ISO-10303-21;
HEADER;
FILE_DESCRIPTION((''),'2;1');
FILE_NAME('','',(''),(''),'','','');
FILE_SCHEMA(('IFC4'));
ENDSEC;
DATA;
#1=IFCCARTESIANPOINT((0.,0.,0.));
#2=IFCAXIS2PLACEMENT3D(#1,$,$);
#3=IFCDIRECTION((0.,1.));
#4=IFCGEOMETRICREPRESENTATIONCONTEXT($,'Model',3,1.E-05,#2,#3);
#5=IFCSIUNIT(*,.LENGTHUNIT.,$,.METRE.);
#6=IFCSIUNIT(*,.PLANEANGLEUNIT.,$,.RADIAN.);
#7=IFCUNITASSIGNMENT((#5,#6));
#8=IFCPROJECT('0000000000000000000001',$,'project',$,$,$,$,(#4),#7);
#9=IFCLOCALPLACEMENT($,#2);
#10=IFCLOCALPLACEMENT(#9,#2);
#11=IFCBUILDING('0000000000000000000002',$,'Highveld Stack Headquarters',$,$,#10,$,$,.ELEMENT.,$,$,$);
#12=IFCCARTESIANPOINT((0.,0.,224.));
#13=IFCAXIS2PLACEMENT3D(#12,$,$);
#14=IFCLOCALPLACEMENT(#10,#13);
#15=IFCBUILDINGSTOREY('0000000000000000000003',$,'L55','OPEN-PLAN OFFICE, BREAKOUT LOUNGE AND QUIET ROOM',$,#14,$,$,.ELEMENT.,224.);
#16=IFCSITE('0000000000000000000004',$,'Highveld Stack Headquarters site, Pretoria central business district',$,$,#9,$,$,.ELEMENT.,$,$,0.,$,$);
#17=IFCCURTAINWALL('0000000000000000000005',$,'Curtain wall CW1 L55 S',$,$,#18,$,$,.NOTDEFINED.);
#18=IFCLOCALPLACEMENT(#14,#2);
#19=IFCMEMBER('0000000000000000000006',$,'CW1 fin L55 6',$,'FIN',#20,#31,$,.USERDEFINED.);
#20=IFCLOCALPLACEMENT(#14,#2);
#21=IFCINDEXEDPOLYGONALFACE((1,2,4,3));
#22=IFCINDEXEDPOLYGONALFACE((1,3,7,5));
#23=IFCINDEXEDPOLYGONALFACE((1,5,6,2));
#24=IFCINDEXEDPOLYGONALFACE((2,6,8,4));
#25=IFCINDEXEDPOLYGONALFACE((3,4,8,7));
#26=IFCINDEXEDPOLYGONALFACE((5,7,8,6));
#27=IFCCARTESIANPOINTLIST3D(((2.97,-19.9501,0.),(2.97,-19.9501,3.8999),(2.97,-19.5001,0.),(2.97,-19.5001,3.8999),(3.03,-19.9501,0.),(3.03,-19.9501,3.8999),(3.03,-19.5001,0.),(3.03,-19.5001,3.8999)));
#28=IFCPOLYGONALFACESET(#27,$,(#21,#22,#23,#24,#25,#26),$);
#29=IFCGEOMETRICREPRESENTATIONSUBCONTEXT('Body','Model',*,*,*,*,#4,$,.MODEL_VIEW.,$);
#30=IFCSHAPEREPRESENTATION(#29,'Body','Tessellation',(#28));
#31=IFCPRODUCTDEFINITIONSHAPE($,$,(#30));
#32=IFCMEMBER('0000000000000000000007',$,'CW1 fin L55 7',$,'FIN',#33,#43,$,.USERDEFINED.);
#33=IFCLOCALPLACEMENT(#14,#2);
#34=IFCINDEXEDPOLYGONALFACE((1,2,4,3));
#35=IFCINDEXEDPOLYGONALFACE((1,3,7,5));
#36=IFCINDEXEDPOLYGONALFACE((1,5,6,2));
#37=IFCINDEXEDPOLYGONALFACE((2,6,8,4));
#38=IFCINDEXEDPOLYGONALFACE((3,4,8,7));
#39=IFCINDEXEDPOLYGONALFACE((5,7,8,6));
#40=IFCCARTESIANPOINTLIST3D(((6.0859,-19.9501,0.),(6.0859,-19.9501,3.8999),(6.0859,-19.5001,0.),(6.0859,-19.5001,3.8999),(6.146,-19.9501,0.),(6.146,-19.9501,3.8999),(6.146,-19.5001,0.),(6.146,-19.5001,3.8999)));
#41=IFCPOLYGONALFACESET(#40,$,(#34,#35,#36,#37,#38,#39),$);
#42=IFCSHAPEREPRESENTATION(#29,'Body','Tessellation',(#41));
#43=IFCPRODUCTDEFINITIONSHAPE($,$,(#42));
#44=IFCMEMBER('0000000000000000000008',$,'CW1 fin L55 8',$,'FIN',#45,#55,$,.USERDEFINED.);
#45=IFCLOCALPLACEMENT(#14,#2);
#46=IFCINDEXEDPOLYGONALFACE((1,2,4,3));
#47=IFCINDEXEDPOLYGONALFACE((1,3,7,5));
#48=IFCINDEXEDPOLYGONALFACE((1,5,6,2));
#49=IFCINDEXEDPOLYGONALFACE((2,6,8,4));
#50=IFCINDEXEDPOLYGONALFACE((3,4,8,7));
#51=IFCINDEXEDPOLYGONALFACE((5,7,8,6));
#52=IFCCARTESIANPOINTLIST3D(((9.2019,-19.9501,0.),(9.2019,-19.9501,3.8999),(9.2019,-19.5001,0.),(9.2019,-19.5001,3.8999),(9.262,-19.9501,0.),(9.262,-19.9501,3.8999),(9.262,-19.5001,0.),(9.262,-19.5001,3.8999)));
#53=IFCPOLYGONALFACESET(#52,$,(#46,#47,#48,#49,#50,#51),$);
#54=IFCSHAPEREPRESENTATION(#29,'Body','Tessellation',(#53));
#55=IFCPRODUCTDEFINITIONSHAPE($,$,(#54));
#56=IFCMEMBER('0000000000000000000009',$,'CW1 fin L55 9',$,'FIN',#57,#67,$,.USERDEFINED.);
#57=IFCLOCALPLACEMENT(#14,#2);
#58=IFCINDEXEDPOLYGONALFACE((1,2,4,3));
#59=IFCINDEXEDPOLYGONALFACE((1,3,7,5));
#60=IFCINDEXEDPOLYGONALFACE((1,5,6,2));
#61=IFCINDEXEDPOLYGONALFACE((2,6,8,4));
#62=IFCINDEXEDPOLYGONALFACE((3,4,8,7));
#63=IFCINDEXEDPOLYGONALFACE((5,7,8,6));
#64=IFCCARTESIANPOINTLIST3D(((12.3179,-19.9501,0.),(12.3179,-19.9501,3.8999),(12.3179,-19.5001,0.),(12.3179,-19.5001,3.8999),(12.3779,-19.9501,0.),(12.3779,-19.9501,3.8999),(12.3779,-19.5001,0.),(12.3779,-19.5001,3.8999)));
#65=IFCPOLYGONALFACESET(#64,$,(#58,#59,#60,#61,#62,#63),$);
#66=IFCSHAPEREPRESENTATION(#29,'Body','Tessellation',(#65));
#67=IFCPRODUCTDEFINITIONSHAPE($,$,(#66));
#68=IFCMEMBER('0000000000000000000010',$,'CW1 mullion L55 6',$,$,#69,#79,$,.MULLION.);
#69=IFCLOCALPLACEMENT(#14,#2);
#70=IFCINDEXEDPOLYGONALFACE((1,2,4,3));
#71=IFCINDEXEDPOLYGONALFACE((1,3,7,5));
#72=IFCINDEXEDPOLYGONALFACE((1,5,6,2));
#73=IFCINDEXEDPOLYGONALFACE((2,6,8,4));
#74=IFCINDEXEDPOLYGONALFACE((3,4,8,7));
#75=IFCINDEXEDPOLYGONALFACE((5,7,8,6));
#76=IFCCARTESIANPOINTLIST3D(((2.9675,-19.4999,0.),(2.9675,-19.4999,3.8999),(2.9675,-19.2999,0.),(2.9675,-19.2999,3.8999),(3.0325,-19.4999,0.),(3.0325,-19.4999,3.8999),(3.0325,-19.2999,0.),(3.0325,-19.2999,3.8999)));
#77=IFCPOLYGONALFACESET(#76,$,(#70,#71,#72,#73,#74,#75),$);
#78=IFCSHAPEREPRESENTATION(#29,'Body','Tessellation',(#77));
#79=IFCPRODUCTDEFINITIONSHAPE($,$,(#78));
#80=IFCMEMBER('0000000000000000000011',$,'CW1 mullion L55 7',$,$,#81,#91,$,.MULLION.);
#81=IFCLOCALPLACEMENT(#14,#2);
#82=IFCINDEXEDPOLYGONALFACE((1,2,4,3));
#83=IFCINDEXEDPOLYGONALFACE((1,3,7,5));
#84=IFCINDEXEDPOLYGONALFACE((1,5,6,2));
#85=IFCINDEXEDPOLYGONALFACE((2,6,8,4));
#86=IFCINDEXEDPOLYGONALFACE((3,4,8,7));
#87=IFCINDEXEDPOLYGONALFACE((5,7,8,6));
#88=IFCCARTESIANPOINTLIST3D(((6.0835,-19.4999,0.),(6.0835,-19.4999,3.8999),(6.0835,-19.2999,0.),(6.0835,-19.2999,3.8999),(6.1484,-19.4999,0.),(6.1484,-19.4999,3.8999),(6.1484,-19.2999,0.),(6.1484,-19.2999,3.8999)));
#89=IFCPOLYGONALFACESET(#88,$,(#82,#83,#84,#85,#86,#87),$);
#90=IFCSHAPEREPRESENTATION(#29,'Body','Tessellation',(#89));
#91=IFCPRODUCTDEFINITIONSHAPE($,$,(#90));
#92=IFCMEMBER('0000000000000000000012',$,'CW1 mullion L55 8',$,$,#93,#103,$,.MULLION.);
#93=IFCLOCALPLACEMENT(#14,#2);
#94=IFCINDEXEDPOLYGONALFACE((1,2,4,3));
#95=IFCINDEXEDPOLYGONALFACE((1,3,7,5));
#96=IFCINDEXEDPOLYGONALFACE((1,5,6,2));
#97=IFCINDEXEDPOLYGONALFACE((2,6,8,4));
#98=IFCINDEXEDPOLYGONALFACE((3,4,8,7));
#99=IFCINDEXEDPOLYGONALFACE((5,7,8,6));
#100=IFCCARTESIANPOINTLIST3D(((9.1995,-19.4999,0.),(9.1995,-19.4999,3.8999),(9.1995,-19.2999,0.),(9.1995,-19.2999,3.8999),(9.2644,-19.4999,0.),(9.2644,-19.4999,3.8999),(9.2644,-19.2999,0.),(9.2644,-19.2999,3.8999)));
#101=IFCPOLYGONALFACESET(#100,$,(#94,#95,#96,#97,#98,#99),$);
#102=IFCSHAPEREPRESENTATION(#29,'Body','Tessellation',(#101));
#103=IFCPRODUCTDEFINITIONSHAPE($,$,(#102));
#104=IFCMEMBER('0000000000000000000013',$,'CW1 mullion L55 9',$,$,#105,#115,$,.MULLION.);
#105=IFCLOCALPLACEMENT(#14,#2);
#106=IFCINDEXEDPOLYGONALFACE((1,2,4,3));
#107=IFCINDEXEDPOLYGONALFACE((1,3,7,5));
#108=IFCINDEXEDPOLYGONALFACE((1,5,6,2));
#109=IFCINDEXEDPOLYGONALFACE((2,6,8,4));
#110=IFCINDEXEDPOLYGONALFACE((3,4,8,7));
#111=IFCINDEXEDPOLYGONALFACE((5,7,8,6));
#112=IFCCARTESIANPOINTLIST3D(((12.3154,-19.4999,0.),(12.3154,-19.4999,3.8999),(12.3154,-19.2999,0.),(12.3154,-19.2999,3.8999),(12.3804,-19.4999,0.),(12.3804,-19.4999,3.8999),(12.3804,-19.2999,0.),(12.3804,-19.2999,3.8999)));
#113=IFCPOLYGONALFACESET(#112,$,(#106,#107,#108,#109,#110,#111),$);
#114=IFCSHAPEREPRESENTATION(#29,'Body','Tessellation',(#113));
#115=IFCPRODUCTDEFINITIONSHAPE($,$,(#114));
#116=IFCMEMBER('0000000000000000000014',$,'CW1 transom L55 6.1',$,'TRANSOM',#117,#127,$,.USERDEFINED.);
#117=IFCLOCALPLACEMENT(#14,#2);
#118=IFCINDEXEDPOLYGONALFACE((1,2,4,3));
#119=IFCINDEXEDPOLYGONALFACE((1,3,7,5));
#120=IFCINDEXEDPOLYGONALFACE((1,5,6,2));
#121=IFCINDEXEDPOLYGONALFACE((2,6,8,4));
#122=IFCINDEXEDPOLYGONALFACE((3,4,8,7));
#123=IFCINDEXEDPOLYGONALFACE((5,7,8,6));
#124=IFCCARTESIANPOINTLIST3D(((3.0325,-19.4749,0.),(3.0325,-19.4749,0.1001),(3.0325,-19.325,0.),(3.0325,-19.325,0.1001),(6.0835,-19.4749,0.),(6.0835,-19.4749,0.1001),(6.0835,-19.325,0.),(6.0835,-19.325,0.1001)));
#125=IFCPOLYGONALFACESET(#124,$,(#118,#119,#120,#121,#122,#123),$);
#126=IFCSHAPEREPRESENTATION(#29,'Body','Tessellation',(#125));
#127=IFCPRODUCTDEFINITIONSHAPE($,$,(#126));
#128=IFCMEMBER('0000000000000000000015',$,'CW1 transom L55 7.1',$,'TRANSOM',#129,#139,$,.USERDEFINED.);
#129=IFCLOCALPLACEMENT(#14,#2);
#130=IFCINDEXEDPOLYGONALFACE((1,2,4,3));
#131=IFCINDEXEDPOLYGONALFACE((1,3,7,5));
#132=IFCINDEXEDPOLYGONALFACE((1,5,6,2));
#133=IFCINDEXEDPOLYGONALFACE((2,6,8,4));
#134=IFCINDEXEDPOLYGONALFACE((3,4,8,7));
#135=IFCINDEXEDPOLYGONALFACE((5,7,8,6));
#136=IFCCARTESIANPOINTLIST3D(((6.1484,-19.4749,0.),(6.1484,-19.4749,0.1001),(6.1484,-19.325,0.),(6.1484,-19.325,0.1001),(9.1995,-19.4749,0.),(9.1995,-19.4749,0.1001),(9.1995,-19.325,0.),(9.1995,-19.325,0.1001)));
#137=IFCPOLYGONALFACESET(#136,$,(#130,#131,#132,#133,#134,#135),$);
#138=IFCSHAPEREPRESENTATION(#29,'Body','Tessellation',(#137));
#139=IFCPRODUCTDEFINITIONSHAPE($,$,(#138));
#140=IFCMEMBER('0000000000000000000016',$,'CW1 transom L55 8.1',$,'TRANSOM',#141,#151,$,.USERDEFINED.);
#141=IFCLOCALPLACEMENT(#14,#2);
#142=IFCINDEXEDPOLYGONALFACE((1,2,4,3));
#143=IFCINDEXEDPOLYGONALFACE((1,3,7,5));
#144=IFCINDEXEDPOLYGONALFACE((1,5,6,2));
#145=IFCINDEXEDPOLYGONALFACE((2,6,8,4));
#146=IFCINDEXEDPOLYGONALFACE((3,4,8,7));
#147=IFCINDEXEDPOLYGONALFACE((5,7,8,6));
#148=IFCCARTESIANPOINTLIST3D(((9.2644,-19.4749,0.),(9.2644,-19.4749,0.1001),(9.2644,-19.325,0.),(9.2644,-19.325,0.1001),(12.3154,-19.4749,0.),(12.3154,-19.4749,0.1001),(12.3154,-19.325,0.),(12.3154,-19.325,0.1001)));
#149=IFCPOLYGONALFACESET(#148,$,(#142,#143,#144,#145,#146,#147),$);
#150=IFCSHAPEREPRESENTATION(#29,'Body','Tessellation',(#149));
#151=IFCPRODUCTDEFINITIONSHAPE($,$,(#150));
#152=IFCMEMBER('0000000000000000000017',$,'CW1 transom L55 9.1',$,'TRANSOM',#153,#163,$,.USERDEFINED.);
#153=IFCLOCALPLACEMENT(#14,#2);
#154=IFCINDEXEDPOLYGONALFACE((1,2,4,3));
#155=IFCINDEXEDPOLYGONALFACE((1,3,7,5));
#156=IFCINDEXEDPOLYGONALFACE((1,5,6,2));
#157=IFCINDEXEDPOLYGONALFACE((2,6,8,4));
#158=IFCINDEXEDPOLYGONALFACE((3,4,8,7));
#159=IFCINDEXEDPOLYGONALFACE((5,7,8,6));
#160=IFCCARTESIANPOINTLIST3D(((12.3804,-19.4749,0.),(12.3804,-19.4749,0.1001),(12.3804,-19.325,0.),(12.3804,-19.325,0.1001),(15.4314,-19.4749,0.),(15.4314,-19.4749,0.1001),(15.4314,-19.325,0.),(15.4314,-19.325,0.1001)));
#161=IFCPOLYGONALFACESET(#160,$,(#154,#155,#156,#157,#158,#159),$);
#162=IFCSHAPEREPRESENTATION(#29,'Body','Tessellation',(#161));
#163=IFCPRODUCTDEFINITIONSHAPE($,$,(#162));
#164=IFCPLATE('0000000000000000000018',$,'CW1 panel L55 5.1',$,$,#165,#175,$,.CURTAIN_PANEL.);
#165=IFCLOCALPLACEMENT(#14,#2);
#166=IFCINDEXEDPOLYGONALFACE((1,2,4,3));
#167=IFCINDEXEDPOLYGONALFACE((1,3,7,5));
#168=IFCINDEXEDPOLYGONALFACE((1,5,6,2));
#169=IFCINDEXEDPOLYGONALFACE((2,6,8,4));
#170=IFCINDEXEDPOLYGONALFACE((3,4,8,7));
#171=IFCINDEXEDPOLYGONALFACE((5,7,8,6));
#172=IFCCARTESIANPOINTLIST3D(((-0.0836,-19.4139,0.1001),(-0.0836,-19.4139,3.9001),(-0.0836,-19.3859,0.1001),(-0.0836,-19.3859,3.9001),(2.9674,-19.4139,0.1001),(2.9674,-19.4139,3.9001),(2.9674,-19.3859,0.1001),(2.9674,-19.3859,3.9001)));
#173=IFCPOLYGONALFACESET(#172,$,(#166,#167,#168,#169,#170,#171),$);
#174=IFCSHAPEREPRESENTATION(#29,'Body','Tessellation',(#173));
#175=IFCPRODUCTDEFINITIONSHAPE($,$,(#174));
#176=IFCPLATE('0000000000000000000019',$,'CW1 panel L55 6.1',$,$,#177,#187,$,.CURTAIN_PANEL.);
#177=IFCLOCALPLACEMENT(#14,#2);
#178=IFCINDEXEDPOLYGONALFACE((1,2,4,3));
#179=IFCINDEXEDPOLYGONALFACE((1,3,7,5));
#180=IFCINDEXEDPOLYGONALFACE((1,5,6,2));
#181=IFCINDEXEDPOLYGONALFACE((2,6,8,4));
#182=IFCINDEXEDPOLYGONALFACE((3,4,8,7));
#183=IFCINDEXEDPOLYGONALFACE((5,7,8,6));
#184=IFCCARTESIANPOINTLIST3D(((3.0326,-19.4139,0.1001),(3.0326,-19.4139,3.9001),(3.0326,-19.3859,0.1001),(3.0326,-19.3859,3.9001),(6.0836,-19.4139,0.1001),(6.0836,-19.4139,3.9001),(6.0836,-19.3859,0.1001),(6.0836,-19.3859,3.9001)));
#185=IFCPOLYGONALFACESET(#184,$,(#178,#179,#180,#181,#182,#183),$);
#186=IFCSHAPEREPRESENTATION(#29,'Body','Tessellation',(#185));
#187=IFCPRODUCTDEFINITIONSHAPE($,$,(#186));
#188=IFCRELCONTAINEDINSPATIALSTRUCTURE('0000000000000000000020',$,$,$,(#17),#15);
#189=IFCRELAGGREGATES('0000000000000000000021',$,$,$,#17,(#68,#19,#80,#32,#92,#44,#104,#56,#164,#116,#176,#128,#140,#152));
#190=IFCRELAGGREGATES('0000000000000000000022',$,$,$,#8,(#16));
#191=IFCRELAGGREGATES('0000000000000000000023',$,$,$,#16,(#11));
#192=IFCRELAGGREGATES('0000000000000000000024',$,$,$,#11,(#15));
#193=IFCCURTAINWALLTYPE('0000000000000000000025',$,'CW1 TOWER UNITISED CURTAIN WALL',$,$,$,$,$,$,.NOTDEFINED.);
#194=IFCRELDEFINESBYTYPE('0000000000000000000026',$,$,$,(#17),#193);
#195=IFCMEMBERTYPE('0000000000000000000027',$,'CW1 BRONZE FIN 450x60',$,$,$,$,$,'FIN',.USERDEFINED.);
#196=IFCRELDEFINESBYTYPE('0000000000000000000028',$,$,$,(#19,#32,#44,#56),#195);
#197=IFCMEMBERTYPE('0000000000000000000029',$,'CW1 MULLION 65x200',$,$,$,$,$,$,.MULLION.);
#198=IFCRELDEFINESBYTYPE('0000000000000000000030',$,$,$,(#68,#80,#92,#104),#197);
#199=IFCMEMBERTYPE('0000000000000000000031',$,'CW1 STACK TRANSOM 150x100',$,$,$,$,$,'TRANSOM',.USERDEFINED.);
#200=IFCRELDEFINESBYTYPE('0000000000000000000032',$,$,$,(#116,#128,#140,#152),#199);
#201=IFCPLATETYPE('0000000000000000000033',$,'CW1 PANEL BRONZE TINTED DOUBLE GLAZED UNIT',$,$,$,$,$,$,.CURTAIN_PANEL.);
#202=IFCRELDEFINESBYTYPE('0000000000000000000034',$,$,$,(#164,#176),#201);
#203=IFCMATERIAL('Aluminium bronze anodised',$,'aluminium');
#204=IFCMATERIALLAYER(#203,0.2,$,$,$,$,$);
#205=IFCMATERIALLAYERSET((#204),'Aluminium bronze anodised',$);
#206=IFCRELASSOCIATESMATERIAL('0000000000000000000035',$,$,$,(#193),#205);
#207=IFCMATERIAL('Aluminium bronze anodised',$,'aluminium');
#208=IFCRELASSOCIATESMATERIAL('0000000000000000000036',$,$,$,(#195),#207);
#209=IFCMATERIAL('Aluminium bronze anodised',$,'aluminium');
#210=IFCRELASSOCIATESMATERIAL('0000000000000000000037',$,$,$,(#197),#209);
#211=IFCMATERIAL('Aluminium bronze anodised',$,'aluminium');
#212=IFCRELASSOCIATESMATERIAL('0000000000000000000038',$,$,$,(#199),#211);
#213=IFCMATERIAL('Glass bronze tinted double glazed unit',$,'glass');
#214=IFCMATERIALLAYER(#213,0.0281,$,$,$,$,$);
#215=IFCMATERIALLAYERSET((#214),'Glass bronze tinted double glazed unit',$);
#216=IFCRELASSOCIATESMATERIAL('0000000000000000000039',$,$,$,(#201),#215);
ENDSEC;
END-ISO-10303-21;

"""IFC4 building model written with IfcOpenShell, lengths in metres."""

from ifc_helpers import new_model, si_unit, direction, frame, origin, origin_2d, place, context, subcontext, project, spatial, rectangle, extrude, material, layer, layer_set, material_profile, profile_set, type_object, element, aggregate, save


model = new_model("IFC4")

# Units and contexts
model_context = context("Model", 3, precision=1e-05, world=origin(), true_north=direction((0.0, 1.0)))
body_context = subcontext(model_context, "Body", "Model", "MODEL_VIEW")
ifc_project = project(units=[si_unit("LENGTHUNIT", "METRE"), si_unit("PLANEANGLEUNIT", "RADIAN")], contexts=[model_context])

# Site, building, storey
site_placement = place(None, origin())
site = spatial("IfcSite", under=ifc_project, at=site_placement, Name="Highveld Stack Headquarters site, Pretoria central business district", CompositionType="ELEMENT", RefElevation=0.0)
building_placement = place(site_placement, origin())
building = spatial("IfcBuilding", under=site, at=building_placement, Name="Highveld Stack Headquarters", CompositionType="ELEMENT")
storey_placement = place(building_placement, frame((0.0, 0.0, 224.0)))
storey = spatial("IfcBuildingStorey", under=building, at=storey_placement, Name="L55", Description="OPEN-PLAN OFFICE, BREAKOUT LOUNGE AND QUIET ROOM", CompositionType="ELEMENT", Elevation=224.0)

# Curtain wall, members, plates
ifc_material_1 = material(Name="Aluminium bronze anodised", Category="aluminium")
ifc_layer_1 = layer(ifc_material_1, 0.2)
ifc_layer_set_1 = layer_set([ifc_layer_1], Name="Aluminium bronze anodised")
curtain_wall_type = type_object("IfcCurtainWallType", Name="CW1 TOWER UNITISED CURTAIN WALL", PredefinedType="NOTDEFINED", material=ifc_layer_set_1)
curtain_wall_placement = place(storey_placement, origin())
curtain_wall = element("IfcCurtainWall", 1, at=curtain_wall_placement, inside=storey, type_object=curtain_wall_type, Name="Curtain wall CW1 L55 S", PredefinedType="NOTDEFINED")
ifc_material_2 = material(Name="Aluminium bronze anodised", Category="aluminium")
ifc_material_profile_1 = material_profile(ifc_material_2, rectangle(XDim=0.45, YDim=0.0601, at=origin_2d()), Name="FIN 450x60")
ifc_profile_set_1 = profile_set([ifc_material_profile_1], Name="Aluminium bronze anodised")
member_type_1 = type_object("IfcMemberType", Name="CW1 BRONZE FIN 450x60", ElementType="FIN", PredefinedType="USERDEFINED", material=ifc_profile_set_1)
member_1_placement = place(storey_placement, frame((3.0, -19.7251, 0.0), z_axis=(0.0, 0.0, 1.0), x_axis=(0.0, 1.0, 0.0)))
member_1 = element("IfcMember", 2, at=member_1_placement, type_object=member_type_1, Name="CW1 fin L55 6", ObjectType="FIN", PredefinedType="USERDEFINED", context=body_context, shape_type="SweptSolid", body=[
    extrude(rectangle(XDim=0.45, YDim=0.0601, at=origin_2d()), origin(), (0.0, 0.0, 1.0), 3.8999),
])
member_2_placement = place(storey_placement, frame((6.116, -19.7251, 0.0), z_axis=(0.0, 0.0, 1.0), x_axis=(0.0, 1.0, 0.0)))
member_2 = element("IfcMember", 3, at=member_2_placement, type_object=member_type_1, Name="CW1 fin L55 7", ObjectType="FIN", PredefinedType="USERDEFINED", context=body_context, shape_type="SweptSolid", body=[
    extrude(rectangle(XDim=0.45, YDim=0.0601, at=origin_2d()), origin(), (0.0, 0.0, 1.0), 3.8999),
])
member_3_placement = place(storey_placement, frame((9.2319, -19.7251, 0.0), z_axis=(0.0, 0.0, 1.0), x_axis=(0.0, 1.0, 0.0)))
member_3 = element("IfcMember", 4, at=member_3_placement, type_object=member_type_1, Name="CW1 fin L55 8", ObjectType="FIN", PredefinedType="USERDEFINED", context=body_context, shape_type="SweptSolid", body=[
    extrude(rectangle(XDim=0.45, YDim=0.0601, at=origin_2d()), origin(), (0.0, 0.0, 1.0), 3.8999),
])
member_4_placement = place(storey_placement, frame((12.3479, -19.7251, 0.0), z_axis=(0.0, 0.0, 1.0), x_axis=(0.0, 1.0, 0.0)))
member_4 = element("IfcMember", 5, at=member_4_placement, type_object=member_type_1, Name="CW1 fin L55 9", ObjectType="FIN", PredefinedType="USERDEFINED", context=body_context, shape_type="SweptSolid", body=[
    extrude(rectangle(XDim=0.45, YDim=0.0601, at=origin_2d()), origin(), (0.0, 0.0, 1.0), 3.8999),
])
ifc_material_3 = material(Name="Aluminium bronze anodised", Category="aluminium")
ifc_material_profile_2 = material_profile(ifc_material_3, rectangle(XDim=0.2, YDim=0.0649, at=origin_2d()), Name="CW1 MULLION 65x200")
ifc_profile_set_2 = profile_set([ifc_material_profile_2], Name="Aluminium bronze anodised")
member_type_2 = type_object("IfcMemberType", Name="CW1 MULLION 65x200", PredefinedType="MULLION", material=ifc_profile_set_2)
member_5_placement = place(storey_placement, frame((3.0, -19.3999, 0.0), z_axis=(0.0, 0.0, 1.0), x_axis=(0.0, 1.0, 0.0)))
member_5 = element("IfcMember", 6, at=member_5_placement, type_object=member_type_2, Name="CW1 mullion L55 6", PredefinedType="MULLION", context=body_context, shape_type="SweptSolid", body=[
    extrude(rectangle(XDim=0.2, YDim=0.0649, at=origin_2d()), origin(), (0.0, 0.0, 1.0), 3.8999),
])
member_6_placement = place(storey_placement, frame((6.116, -19.3999, 0.0), z_axis=(0.0, 0.0, 1.0), x_axis=(0.0, 1.0, 0.0)))
member_6 = element("IfcMember", 7, at=member_6_placement, type_object=member_type_2, Name="CW1 mullion L55 7", PredefinedType="MULLION", context=body_context, shape_type="SweptSolid", body=[
    extrude(rectangle(XDim=0.2, YDim=0.0649, at=origin_2d()), origin(), (0.0, 0.0, 1.0), 3.8999),
])
member_7_placement = place(storey_placement, frame((9.2319, -19.3999, 0.0), z_axis=(0.0, 0.0, 1.0), x_axis=(0.0, 1.0, 0.0)))
member_7 = element("IfcMember", 8, at=member_7_placement, type_object=member_type_2, Name="CW1 mullion L55 8", PredefinedType="MULLION", context=body_context, shape_type="SweptSolid", body=[
    extrude(rectangle(XDim=0.2, YDim=0.0649, at=origin_2d()), origin(), (0.0, 0.0, 1.0), 3.8999),
])
member_8_placement = place(storey_placement, frame((12.3479, -19.3999, 0.0), z_axis=(0.0, 0.0, 1.0), x_axis=(0.0, 1.0, 0.0)))
member_8 = element("IfcMember", 9, at=member_8_placement, type_object=member_type_2, Name="CW1 mullion L55 9", PredefinedType="MULLION", context=body_context, shape_type="SweptSolid", body=[
    extrude(rectangle(XDim=0.2, YDim=0.0649, at=origin_2d()), origin(), (0.0, 0.0, 1.0), 3.8999),
])
ifc_material_4 = material(Name="Aluminium bronze anodised", Category="aluminium")
ifc_material_profile_3 = material_profile(ifc_material_4, rectangle(XDim=0.1499, YDim=0.1001, at=origin_2d()), Name="CW1 TRANSOM 150x100")
ifc_profile_set_3 = profile_set([ifc_material_profile_3], Name="Aluminium bronze anodised")
member_type_3 = type_object("IfcMemberType", Name="CW1 STACK TRANSOM 150x100", ElementType="TRANSOM", PredefinedType="USERDEFINED", material=ifc_profile_set_3)
member_9_placement = place(storey_placement, frame((3.0325, -19.3999, 0.05), z_axis=(1.0, 0.0, 0.0), x_axis=(0.0, 1.0, 0.0)))
member_9 = element("IfcMember", 10, at=member_9_placement, type_object=member_type_3, Name="CW1 transom L55 6.1", ObjectType="TRANSOM", PredefinedType="USERDEFINED", context=body_context, shape_type="SweptSolid", body=[
    extrude(rectangle(XDim=0.1499, YDim=0.1001, at=origin_2d()), origin(), (0.0, 0.0, 1.0), 3.051),
])
member_10_placement = place(storey_placement, frame((6.1484, -19.3999, 0.05), z_axis=(1.0, 0.0, 0.0), x_axis=(0.0, 1.0, 0.0)))
member_10 = element("IfcMember", 11, at=member_10_placement, type_object=member_type_3, Name="CW1 transom L55 7.1", ObjectType="TRANSOM", PredefinedType="USERDEFINED", context=body_context, shape_type="SweptSolid", body=[
    extrude(rectangle(XDim=0.1499, YDim=0.1001, at=origin_2d()), origin(), (0.0, 0.0, 1.0), 3.051),
])
member_11_placement = place(storey_placement, frame((9.2644, -19.3999, 0.05), z_axis=(1.0, 0.0, 0.0), x_axis=(0.0, 1.0, 0.0)))
member_11 = element("IfcMember", 12, at=member_11_placement, type_object=member_type_3, Name="CW1 transom L55 8.1", ObjectType="TRANSOM", PredefinedType="USERDEFINED", context=body_context, shape_type="SweptSolid", body=[
    extrude(rectangle(XDim=0.1499, YDim=0.1001, at=origin_2d()), origin(), (0.0, 0.0, 1.0), 3.051),
])
member_12_placement = place(storey_placement, frame((12.3804, -19.3999, 0.05), z_axis=(1.0, 0.0, 0.0), x_axis=(0.0, 1.0, 0.0)))
member_12 = element("IfcMember", 13, at=member_12_placement, type_object=member_type_3, Name="CW1 transom L55 9.1", ObjectType="TRANSOM", PredefinedType="USERDEFINED", context=body_context, shape_type="SweptSolid", body=[
    extrude(rectangle(XDim=0.1499, YDim=0.1001, at=origin_2d()), origin(), (0.0, 0.0, 1.0), 3.051),
])
ifc_material_5 = material(Name="Glass bronze tinted double glazed unit", Category="glass")
ifc_layer_2 = layer(ifc_material_5, 0.0281)
ifc_layer_set_2 = layer_set([ifc_layer_2], Name="Glass bronze tinted double glazed unit")
plate_type = type_object("IfcPlateType", Name="CW1 PANEL BRONZE TINTED DOUBLE GLAZED UNIT", PredefinedType="CURTAIN_PANEL", material=ifc_layer_set_2)
plate_1_placement = place(storey_placement, frame((1.4419, -19.3999, 0.1001), z_axis=(0.0, 0.0, 1.0), x_axis=(1.0, 0.0, 0.0)))
plate_1 = element("IfcPlate", 14, at=plate_1_placement, type_object=plate_type, Name="CW1 panel L55 5.1", PredefinedType="CURTAIN_PANEL", context=body_context, shape_type="SweptSolid", body=[
    extrude(rectangle(XDim=3.051, YDim=0.0281, at=origin_2d()), origin(), (0.0, 0.0, 1.0), 3.8),
])
plate_2_placement = place(storey_placement, frame((4.5581, -19.3999, 0.1001), z_axis=(0.0, 0.0, 1.0), x_axis=(1.0, 0.0, 0.0)))
plate_2 = element("IfcPlate", 15, at=plate_2_placement, type_object=plate_type, Name="CW1 panel L55 6.1", PredefinedType="CURTAIN_PANEL", context=body_context, shape_type="SweptSolid", body=[
    extrude(rectangle(XDim=3.051, YDim=0.0281, at=origin_2d()), origin(), (0.0, 0.0, 1.0), 3.8),
])
aggregate(curtain_wall, [member_5, member_1, member_6, member_2, member_7, member_3, member_8, member_4, plate_1, member_9, plate_2, member_10, member_11, member_12])

save(model, "model.ifc")
